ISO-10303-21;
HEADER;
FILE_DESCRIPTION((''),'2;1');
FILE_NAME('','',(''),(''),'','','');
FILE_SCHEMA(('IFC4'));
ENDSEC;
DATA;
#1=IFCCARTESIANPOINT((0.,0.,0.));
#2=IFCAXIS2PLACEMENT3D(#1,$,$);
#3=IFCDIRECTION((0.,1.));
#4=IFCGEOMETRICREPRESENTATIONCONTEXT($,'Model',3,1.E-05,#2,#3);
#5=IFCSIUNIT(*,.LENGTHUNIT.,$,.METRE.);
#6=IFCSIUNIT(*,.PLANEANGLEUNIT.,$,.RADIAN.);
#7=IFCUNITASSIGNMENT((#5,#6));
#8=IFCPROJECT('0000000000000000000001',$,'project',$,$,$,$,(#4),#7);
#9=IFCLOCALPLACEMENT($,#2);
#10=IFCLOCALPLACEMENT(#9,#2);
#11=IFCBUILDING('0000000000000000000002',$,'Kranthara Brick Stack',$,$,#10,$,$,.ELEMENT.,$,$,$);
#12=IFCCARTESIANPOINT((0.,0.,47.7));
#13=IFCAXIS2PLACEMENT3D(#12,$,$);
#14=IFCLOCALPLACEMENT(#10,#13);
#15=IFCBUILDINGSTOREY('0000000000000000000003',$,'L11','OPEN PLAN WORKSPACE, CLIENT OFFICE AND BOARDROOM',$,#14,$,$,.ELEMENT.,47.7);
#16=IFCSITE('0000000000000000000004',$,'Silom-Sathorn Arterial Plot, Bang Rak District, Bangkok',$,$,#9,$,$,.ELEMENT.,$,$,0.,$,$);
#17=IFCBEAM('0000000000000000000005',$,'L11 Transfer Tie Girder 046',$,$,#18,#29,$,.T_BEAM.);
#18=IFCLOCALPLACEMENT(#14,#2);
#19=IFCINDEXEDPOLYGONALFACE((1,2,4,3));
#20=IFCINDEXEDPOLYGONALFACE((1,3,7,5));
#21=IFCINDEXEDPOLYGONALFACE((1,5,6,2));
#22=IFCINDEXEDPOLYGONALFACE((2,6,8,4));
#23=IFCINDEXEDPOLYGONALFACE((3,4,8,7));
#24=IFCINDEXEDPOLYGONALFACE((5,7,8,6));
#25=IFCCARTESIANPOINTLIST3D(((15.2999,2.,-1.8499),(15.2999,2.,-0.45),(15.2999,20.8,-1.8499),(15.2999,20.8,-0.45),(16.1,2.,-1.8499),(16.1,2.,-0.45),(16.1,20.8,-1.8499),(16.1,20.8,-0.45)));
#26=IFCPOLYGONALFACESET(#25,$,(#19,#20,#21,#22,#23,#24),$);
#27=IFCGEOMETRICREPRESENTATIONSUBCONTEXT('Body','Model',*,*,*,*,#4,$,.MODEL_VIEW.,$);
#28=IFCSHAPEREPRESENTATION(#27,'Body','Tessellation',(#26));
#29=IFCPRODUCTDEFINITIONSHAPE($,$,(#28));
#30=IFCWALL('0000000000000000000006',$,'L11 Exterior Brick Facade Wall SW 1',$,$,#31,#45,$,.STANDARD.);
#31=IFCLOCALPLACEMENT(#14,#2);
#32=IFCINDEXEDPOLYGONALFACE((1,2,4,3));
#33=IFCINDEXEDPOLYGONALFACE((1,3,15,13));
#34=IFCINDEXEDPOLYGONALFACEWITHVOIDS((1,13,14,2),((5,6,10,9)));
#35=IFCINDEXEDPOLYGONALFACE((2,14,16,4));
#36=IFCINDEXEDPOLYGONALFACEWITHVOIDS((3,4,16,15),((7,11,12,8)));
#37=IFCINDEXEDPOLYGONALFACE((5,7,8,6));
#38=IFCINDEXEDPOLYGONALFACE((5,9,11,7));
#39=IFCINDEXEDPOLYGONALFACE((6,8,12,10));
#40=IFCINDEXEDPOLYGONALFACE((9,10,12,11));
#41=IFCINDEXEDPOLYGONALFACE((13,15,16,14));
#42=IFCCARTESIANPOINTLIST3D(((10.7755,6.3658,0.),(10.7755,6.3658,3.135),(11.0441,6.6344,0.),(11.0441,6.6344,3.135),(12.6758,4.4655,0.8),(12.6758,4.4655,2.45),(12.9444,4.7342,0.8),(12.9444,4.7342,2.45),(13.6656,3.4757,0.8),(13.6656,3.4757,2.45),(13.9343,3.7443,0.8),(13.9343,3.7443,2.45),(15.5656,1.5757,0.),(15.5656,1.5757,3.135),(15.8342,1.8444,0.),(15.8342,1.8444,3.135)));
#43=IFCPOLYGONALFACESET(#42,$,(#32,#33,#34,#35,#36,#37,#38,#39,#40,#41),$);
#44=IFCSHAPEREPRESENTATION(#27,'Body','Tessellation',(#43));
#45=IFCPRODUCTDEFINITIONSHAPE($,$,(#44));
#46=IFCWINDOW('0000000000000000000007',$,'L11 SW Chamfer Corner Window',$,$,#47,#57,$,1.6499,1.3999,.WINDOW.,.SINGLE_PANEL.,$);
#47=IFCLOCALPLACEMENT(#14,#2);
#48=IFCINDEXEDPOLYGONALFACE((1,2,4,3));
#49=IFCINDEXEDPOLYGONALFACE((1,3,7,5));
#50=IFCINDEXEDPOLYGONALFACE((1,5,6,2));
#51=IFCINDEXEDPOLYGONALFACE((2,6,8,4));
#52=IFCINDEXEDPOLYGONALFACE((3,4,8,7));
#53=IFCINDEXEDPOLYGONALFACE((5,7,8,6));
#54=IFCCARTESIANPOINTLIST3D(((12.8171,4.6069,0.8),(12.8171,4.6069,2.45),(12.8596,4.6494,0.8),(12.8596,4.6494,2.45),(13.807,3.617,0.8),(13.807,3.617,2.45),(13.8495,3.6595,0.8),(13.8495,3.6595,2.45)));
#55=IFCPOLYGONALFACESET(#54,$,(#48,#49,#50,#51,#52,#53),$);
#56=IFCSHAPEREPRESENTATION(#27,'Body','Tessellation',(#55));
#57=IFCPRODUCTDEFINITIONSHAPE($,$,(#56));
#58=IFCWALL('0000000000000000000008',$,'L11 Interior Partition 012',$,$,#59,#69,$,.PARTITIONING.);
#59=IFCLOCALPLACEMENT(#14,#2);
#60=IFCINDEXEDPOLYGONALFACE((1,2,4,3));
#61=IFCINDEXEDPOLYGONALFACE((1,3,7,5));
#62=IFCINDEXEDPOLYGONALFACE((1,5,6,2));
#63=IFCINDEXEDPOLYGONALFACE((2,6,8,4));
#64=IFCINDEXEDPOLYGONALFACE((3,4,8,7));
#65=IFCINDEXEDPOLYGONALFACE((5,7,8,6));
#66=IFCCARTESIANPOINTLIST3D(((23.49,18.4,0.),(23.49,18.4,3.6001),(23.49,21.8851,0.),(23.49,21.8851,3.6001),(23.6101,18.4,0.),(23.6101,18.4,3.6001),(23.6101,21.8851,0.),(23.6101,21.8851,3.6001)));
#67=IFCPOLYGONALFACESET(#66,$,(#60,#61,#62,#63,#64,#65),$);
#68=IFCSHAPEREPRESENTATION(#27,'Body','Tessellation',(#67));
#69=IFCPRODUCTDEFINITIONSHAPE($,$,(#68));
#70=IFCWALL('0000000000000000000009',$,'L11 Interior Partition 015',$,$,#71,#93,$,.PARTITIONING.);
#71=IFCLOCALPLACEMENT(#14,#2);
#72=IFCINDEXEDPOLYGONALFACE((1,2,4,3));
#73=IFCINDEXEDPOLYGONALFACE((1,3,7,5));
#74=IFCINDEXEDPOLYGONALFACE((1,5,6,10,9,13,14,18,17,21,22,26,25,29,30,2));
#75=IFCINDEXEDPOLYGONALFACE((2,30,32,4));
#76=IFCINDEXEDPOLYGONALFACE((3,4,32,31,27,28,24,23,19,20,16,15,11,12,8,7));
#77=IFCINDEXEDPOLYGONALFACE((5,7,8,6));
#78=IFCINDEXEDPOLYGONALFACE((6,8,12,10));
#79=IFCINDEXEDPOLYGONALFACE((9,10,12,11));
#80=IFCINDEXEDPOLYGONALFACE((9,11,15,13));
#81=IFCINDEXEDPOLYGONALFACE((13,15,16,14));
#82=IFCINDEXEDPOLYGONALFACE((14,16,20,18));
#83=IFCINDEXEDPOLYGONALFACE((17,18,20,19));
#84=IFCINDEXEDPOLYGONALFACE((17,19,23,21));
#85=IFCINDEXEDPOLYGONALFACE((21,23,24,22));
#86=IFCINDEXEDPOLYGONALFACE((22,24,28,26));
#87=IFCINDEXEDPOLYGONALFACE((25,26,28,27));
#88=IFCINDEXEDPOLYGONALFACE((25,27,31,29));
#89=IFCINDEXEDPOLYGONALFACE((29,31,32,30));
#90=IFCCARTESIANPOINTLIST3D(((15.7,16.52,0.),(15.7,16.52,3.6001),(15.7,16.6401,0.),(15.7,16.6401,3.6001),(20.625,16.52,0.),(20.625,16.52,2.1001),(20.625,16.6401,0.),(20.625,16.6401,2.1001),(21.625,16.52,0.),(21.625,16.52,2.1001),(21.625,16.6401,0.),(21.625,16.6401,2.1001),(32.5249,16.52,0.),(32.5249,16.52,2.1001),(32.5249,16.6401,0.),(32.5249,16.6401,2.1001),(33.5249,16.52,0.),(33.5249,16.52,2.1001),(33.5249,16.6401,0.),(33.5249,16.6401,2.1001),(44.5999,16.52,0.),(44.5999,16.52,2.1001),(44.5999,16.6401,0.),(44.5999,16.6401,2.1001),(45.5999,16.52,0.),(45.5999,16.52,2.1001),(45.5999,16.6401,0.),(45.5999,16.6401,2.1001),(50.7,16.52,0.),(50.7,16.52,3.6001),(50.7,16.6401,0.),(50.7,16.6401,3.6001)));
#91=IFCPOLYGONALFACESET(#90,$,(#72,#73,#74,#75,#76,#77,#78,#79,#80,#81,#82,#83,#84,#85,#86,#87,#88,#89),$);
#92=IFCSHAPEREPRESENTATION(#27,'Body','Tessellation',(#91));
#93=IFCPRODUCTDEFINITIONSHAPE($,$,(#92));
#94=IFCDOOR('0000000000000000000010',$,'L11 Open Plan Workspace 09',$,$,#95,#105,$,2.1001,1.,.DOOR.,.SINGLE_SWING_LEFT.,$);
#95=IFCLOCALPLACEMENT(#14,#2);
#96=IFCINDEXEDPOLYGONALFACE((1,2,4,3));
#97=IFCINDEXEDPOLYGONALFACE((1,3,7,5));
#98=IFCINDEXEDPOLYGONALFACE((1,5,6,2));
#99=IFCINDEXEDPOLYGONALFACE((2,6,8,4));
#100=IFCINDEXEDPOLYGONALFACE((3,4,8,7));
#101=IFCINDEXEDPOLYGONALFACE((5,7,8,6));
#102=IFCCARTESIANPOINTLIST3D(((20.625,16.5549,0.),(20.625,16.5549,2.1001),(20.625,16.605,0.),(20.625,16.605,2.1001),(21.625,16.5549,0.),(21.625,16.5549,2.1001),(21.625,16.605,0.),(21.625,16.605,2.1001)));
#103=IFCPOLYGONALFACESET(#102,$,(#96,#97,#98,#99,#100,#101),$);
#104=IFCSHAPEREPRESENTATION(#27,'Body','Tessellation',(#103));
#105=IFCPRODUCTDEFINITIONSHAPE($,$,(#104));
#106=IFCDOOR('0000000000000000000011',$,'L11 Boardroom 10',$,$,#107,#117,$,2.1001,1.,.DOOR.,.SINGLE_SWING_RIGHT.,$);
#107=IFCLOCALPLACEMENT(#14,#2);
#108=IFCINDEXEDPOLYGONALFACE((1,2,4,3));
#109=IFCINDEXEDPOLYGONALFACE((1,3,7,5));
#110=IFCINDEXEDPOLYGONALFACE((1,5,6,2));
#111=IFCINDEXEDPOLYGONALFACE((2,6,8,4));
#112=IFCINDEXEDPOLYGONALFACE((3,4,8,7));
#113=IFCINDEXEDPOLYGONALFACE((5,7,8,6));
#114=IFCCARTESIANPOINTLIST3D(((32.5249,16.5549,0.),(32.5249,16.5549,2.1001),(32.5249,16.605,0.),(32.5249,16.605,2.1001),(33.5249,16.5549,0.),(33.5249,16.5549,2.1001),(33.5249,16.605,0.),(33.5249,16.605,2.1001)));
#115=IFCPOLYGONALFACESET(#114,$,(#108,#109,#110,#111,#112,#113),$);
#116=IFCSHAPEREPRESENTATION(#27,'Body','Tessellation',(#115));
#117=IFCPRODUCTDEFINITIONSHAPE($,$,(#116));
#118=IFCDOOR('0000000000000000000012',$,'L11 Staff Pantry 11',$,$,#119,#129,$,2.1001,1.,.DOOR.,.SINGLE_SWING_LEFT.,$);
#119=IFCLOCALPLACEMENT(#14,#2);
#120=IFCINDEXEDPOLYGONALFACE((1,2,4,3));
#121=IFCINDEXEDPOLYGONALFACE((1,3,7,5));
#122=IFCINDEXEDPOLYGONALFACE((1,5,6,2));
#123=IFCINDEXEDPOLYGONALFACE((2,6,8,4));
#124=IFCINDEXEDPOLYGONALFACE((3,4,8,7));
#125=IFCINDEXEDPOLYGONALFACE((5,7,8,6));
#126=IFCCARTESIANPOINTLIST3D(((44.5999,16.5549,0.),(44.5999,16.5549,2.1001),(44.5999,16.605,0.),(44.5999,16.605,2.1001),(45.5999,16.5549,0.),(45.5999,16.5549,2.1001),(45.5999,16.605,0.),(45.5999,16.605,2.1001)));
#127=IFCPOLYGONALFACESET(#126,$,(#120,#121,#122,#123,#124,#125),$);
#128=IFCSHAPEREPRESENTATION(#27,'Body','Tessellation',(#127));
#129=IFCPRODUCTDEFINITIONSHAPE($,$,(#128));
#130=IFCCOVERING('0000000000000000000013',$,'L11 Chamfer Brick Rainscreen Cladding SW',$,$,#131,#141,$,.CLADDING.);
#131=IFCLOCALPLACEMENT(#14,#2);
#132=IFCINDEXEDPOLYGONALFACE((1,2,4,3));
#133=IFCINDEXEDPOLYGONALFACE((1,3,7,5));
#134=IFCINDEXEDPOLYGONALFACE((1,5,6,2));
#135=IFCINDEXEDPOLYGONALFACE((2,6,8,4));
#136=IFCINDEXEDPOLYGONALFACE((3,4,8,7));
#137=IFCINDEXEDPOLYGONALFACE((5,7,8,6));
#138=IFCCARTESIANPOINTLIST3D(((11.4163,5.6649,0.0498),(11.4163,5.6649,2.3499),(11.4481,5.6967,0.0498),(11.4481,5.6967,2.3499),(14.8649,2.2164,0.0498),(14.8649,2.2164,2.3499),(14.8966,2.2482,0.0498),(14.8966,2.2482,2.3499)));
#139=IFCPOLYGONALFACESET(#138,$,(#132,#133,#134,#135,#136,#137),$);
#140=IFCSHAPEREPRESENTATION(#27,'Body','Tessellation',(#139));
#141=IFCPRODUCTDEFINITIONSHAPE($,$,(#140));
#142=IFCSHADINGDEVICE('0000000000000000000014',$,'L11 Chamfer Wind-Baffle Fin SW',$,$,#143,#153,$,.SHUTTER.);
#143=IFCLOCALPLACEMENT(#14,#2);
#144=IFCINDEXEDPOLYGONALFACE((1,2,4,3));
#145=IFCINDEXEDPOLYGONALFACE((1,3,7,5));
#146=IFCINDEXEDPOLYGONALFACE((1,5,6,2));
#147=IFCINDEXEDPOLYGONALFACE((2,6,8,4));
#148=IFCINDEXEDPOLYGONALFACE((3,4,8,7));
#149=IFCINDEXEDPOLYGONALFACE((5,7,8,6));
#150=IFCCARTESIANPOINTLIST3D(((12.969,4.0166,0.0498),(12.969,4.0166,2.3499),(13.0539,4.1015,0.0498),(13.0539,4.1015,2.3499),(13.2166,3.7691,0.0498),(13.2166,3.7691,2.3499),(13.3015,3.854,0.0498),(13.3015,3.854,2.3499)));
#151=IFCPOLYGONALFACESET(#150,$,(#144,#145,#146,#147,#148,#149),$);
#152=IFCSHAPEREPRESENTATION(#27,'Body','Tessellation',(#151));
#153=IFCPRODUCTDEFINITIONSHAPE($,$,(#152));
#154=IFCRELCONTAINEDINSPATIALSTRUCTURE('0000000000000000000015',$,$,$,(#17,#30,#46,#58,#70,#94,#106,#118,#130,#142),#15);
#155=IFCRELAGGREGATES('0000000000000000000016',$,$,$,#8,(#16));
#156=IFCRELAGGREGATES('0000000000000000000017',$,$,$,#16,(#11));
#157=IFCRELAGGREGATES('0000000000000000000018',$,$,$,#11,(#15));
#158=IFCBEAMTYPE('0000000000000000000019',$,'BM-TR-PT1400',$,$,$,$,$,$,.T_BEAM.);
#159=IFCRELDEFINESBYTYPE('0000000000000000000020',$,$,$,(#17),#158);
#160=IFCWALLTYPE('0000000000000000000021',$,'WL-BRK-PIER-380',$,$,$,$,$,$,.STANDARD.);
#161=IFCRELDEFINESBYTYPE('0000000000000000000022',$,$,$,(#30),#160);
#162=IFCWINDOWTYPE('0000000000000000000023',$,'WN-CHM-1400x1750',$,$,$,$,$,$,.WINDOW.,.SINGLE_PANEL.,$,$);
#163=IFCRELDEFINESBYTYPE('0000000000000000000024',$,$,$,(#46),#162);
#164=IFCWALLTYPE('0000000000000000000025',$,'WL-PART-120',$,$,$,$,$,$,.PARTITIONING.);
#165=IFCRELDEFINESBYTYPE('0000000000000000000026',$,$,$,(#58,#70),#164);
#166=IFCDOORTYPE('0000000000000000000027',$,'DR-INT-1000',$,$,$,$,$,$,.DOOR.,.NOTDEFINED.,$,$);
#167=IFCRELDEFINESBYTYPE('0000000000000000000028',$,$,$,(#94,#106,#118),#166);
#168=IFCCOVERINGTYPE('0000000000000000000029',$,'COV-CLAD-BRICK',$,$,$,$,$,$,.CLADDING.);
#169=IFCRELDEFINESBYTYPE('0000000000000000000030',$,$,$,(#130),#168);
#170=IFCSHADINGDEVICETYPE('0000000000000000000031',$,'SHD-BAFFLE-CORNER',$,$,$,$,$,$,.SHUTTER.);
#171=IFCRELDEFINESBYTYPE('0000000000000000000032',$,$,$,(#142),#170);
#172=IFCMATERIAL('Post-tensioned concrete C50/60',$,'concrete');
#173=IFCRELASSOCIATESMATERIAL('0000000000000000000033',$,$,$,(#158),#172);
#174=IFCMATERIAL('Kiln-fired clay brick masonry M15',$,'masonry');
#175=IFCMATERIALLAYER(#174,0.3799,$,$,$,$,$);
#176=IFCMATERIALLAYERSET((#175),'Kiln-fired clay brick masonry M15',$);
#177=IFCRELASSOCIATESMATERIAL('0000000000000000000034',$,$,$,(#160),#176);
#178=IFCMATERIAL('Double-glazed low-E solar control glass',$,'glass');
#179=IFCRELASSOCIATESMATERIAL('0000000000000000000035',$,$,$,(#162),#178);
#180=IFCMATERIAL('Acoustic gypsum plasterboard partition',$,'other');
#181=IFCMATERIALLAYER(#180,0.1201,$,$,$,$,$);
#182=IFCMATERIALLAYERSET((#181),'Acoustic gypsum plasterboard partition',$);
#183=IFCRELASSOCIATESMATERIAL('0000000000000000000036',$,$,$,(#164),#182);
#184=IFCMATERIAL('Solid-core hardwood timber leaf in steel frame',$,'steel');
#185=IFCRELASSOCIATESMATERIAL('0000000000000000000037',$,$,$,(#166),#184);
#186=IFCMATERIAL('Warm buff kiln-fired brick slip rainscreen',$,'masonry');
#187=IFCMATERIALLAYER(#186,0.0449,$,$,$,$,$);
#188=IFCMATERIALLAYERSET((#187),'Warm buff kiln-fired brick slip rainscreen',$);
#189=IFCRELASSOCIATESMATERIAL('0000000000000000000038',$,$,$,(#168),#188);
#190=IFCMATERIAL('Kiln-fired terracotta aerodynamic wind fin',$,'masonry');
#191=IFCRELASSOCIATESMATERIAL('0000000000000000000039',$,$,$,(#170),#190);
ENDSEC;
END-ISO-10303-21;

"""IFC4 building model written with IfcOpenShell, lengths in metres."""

from ifc_helpers import new_model, si_unit, direction, frame, frame_2d, origin, origin_2d, place, context, subcontext, project, spatial, rectangle, extrude, material, layer, layer_set, material_profile, profile_set, type_object, element, fill, save


model = new_model("IFC4")

# Units and contexts
model_context = context("Model", 3, precision=1e-05, world=origin(), true_north=direction((0.0, 1.0)))
body_context = subcontext(model_context, "Body", "Model", "MODEL_VIEW")
ifc_project = project(units=[si_unit("LENGTHUNIT", "METRE"), si_unit("PLANEANGLEUNIT", "RADIAN")], contexts=[model_context])

# Site, building, storey
site_placement = place(None, origin())
site = spatial("IfcSite", under=ifc_project, at=site_placement, Name="Silom-Sathorn Arterial Plot, Bang Rak District, Bangkok", CompositionType="ELEMENT", RefElevation=0.0)
building_placement = place(site_placement, origin())
building = spatial("IfcBuilding", under=site, at=building_placement, Name="Kranthara Brick Stack", CompositionType="ELEMENT")
storey_placement = place(building_placement, frame((0.0, 0.0, 47.7)))
storey = spatial("IfcBuildingStorey", under=building, at=storey_placement, Name="L11", Description="OPEN PLAN WORKSPACE, CLIENT OFFICE AND BOARDROOM", CompositionType="ELEMENT", Elevation=47.7)

# Beam
ifc_material_1 = material(Name="Post-tensioned concrete C50/60", Category="concrete")
ifc_material_profile_1 = material_profile(ifc_material_1, rectangle(XDim=0.8, YDim=1.3999, at=origin_2d()), Name="PT 800x1400")
ifc_profile_set_1 = profile_set([ifc_material_profile_1], Name="Post-tensioned concrete C50/60")
beam_type_1 = type_object("IfcBeamType", Name="BM-TR-PT1400", PredefinedType="T_BEAM", material=ifc_profile_set_1)
beam_1_placement = place(storey_placement, frame((15.7, 2.0, -1.1499), z_axis=(0.0, 1.0, 0.0), x_axis=(-1.0, 0.0, 0.0)))
element("IfcBeam", 1, at=beam_1_placement, inside=storey, type_object=beam_type_1, Name="L11 Transfer Tie Girder 046", PredefinedType="T_BEAM", context=body_context, shape_type="SweptSolid", body=[
    extrude(rectangle(XDim=0.8, YDim=1.3999, at=origin_2d()), origin(), (0.0, 0.0, 1.0), 18.8),
])

# Wall, opening, window
ifc_material_2 = material(Name="Kiln-fired clay brick masonry M15", Category="masonry")
ifc_layer_1 = layer(ifc_material_2, 0.3799)
ifc_layer_set_1 = layer_set([ifc_layer_1], Name="Kiln-fired clay brick masonry M15")
wall_type_1 = type_object("IfcWallType", Name="WL-BRK-PIER-380", PredefinedType="STANDARD", material=ifc_layer_set_1)
wall_1_placement = place(storey_placement, frame((15.7, 1.71, 0.0), z_axis=(0.0, 0.0, 1.0), x_axis=(-0.707107, 0.707107, 0.0)))
wall_1 = element("IfcWall", 2, at=wall_1_placement, inside=storey, type_object=wall_type_1, Name="L11 Exterior Brick Facade Wall SW 1", PredefinedType="STANDARD", context=body_context, shape_type="SweptSolid", body=[
    extrude(rectangle(XDim=6.7742, YDim=0.3799, at=frame_2d((3.3872, 0.0))), origin(), (0.0, 0.0, 1.0), 3.135),
])
opening_1_placement = place(wall_1_placement, frame((2.687, 0.0, 0.8)))
opening_1 = element("IfcOpeningElement", 3, at=opening_1_placement, cuts=wall_1, PredefinedType="OPENING", context=body_context, shape_type="SweptSolid", body=[
    extrude(rectangle(XDim=1.3999, YDim=1.6499, at=frame_2d((0.7, 0.825))), frame((0.0, 0.2, 0.0), z_axis=(0.0, -1.0, 0.0), x_axis=(1.0, 0.0, 0.0)), (0.0, 0.0, 1.0), 0.3999),
])
ifc_material_3 = material(Name="Double-glazed low-E solar control glass", Category="glass")
window_type = type_object("IfcWindowType", Name="WN-CHM-1400x1750", PartitioningType="SINGLE_PANEL", PredefinedType="WINDOW", material=ifc_material_3)
window_placement = place(opening_1_placement, origin())
window = element("IfcWindow", 4, at=window_placement, inside=storey, type_object=window_type, Name="L11 SW Chamfer Corner Window", OverallHeight=1.6499, OverallWidth=1.3999, PartitioningType="SINGLE_PANEL", PredefinedType="WINDOW", context=body_context, shape_type="SweptSolid", body=[
    extrude(rectangle(XDim=1.3999, YDim=1.6499, at=frame_2d((0.7, 0.825))), frame((0.0, -0.01, 0.0), z_axis=(0.0, -1.0, 0.0), x_axis=(1.0, 0.0, 0.0)), (0.0, 0.0, 1.0), 0.0601),
])
fill(opening_1, window)

# Wall
ifc_material_4 = material(Name="Acoustic gypsum plasterboard partition", Category="other")
ifc_layer_2 = layer(ifc_material_4, 0.1201)
ifc_layer_set_2 = layer_set([ifc_layer_2], Name="Acoustic gypsum plasterboard partition")
wall_type_2 = type_object("IfcWallType", Name="WL-PART-120", PredefinedType="PARTITIONING", material=ifc_layer_set_2)
wall_2_placement = place(storey_placement, frame((23.55, 18.3999, 0.0), z_axis=(0.0, 0.0, 1.0), x_axis=(0.0, 1.0, 0.0)))
element("IfcWall", 5, at=wall_2_placement, inside=storey, type_object=wall_type_2, Name="L11 Interior Partition 012", PredefinedType="PARTITIONING", context=body_context, shape_type="SweptSolid", body=[
    extrude(rectangle(XDim=3.4851, YDim=0.1201, at=frame_2d((1.7427, 0.0))), origin(), (0.0, 0.0, 1.0), 3.6001),
])

# Wall, openings, doors
wall_3_placement = place(storey_placement, frame((15.7, 16.5801, 0.0), z_axis=(0.0, 0.0, 1.0), x_axis=(1.0, 0.0, 0.0)))
wall_3 = element("IfcWall", 6, at=wall_3_placement, inside=storey, type_object=wall_type_2, Name="L11 Interior Partition 015", PredefinedType="PARTITIONING", context=body_context, shape_type="SweptSolid", body=[
    extrude(rectangle(XDim=35.0, YDim=0.1201, at=frame_2d((17.5, 0.0))), origin(), (0.0, 0.0, 1.0), 3.6001),
])
opening_2_placement = place(wall_3_placement, frame((4.925, 0.0, 0.0)))
opening_2 = element("IfcOpeningElement", 7, at=opening_2_placement, cuts=wall_3, PredefinedType="OPENING", context=body_context, shape_type="SweptSolid", body=[
    extrude(rectangle(XDim=1.0, YDim=2.1001, at=frame_2d((0.5, 1.05))), frame((0.0, 0.0701, 0.0), z_axis=(0.0, -1.0, 0.0), x_axis=(1.0, 0.0, 0.0)), (0.0, 0.0, 1.0), 0.1401),
])
opening_3_placement = place(wall_3_placement, frame((16.825, 0.0, 0.0)))
opening_3 = element("IfcOpeningElement", 8, at=opening_3_placement, cuts=wall_3, PredefinedType="OPENING", context=body_context, shape_type="SweptSolid", body=[
    extrude(rectangle(XDim=1.0, YDim=2.1001, at=frame_2d((0.5, 1.05))), frame((0.0, 0.0701, 0.0), z_axis=(0.0, -1.0, 0.0), x_axis=(1.0, 0.0, 0.0)), (0.0, 0.0, 1.0), 0.1401),
])
opening_4_placement = place(wall_3_placement, frame((28.8999, 0.0, 0.0)))
opening_4 = element("IfcOpeningElement", 9, at=opening_4_placement, cuts=wall_3, PredefinedType="OPENING", context=body_context, shape_type="SweptSolid", body=[
    extrude(rectangle(XDim=1.0, YDim=2.1001, at=frame_2d((0.5, 1.05))), frame((0.0, 0.0701, 0.0), z_axis=(0.0, -1.0, 0.0), x_axis=(1.0, 0.0, 0.0)), (0.0, 0.0, 1.0), 0.1401),
])
ifc_material_5 = material(Name="Solid-core hardwood timber leaf in steel frame", Category="steel")
door_type = type_object("IfcDoorType", Name="DR-INT-1000", OperationType="NOTDEFINED", PredefinedType="DOOR", material=ifc_material_5)
door_1_placement = place(opening_2_placement, origin())
door_1 = element("IfcDoor", 10, at=door_1_placement, inside=storey, type_object=door_type, Name="L11 Open Plan Workspace 09", OperationType="SINGLE_SWING_LEFT", OverallHeight=2.1001, OverallWidth=1.0, PredefinedType="DOOR", context=body_context, shape_type="SweptSolid", body=[
    extrude(rectangle(XDim=1.0, YDim=2.1001, at=frame_2d((0.5, 1.05))), frame((0.0, 0.0249, 0.0), z_axis=(0.0, -1.0, 0.0), x_axis=(1.0, 0.0, 0.0)), (0.0, 0.0, 1.0), 0.05),
])
fill(opening_2, door_1)
door_2_placement = place(opening_3_placement, origin())
door_2 = element("IfcDoor", 11, at=door_2_placement, inside=storey, type_object=door_type, Name="L11 Boardroom 10", OperationType="SINGLE_SWING_RIGHT", OverallHeight=2.1001, OverallWidth=1.0, PredefinedType="DOOR", context=body_context, shape_type="SweptSolid", body=[
    extrude(rectangle(XDim=1.0, YDim=2.1001, at=frame_2d((0.5, 1.05))), frame((0.0, 0.0249, 0.0), z_axis=(0.0, -1.0, 0.0), x_axis=(1.0, 0.0, 0.0)), (0.0, 0.0, 1.0), 0.05),
])
fill(opening_3, door_2)
door_3_placement = place(opening_4_placement, origin())
door_3 = element("IfcDoor", 12, at=door_3_placement, inside=storey, type_object=door_type, Name="L11 Staff Pantry 11", OperationType="SINGLE_SWING_LEFT", OverallHeight=2.1001, OverallWidth=1.0, PredefinedType="DOOR", context=body_context, shape_type="SweptSolid", body=[
    extrude(rectangle(XDim=1.0, YDim=2.1001, at=frame_2d((0.5, 1.05))), frame((0.0, 0.0249, 0.0), z_axis=(0.0, -1.0, 0.0), x_axis=(1.0, 0.0, 0.0)), (0.0, 0.0, 1.0), 0.05),
])
fill(opening_4, door_3)

# Covering
ifc_material_6 = material(Name="Warm buff kiln-fired brick slip rainscreen", Category="masonry")
ifc_layer_3 = layer(ifc_material_6, 0.0449)
ifc_layer_set_3 = layer_set([ifc_layer_3], Name="Warm buff kiln-fired brick slip rainscreen")
covering_type = type_object("IfcCoveringType", Name="COV-CLAD-BRICK", PredefinedType="CLADDING", material=ifc_layer_set_3)
covering_placement = place(storey_placement, frame((13.1565, 3.9565, 0.0498), z_axis=(0.0, 0.0, 1.0), x_axis=(-0.707107, 0.707107, 0.0)))
element("IfcCovering", 13, at=covering_placement, inside=storey, type_object=covering_type, Name="L11 Chamfer Brick Rainscreen Cladding SW", PredefinedType="CLADDING", context=body_context, shape_type="SweptSolid", body=[
    extrude(rectangle(XDim=4.877, YDim=0.0449, at=origin_2d()), origin(), (0.0, 0.0, 1.0), 2.3),
])

# Shading device
ifc_material_7 = material(Name="Kiln-fired terracotta aerodynamic wind fin", Category="masonry")
shading_device_type = type_object("IfcShadingDeviceType", Name="SHD-BAFFLE-CORNER", PredefinedType="SHUTTER", material=ifc_material_7)
shading_device_placement = place(storey_placement, frame((13.1353, 3.9353, 0.0498), z_axis=(0.0, 0.0, 1.0), x_axis=(-0.707107, 0.707107, 0.0)))
element("IfcShadingDevice", 14, at=shading_device_placement, inside=storey, type_object=shading_device_type, Name="L11 Chamfer Wind-Baffle Fin SW", PredefinedType="SHUTTER", context=body_context, shape_type="SweptSolid", body=[
    extrude(rectangle(XDim=0.3501, YDim=0.1201, at=origin_2d()), origin(), (0.0, 0.0, 1.0), 2.3),
])

save(model, "model.ifc")
